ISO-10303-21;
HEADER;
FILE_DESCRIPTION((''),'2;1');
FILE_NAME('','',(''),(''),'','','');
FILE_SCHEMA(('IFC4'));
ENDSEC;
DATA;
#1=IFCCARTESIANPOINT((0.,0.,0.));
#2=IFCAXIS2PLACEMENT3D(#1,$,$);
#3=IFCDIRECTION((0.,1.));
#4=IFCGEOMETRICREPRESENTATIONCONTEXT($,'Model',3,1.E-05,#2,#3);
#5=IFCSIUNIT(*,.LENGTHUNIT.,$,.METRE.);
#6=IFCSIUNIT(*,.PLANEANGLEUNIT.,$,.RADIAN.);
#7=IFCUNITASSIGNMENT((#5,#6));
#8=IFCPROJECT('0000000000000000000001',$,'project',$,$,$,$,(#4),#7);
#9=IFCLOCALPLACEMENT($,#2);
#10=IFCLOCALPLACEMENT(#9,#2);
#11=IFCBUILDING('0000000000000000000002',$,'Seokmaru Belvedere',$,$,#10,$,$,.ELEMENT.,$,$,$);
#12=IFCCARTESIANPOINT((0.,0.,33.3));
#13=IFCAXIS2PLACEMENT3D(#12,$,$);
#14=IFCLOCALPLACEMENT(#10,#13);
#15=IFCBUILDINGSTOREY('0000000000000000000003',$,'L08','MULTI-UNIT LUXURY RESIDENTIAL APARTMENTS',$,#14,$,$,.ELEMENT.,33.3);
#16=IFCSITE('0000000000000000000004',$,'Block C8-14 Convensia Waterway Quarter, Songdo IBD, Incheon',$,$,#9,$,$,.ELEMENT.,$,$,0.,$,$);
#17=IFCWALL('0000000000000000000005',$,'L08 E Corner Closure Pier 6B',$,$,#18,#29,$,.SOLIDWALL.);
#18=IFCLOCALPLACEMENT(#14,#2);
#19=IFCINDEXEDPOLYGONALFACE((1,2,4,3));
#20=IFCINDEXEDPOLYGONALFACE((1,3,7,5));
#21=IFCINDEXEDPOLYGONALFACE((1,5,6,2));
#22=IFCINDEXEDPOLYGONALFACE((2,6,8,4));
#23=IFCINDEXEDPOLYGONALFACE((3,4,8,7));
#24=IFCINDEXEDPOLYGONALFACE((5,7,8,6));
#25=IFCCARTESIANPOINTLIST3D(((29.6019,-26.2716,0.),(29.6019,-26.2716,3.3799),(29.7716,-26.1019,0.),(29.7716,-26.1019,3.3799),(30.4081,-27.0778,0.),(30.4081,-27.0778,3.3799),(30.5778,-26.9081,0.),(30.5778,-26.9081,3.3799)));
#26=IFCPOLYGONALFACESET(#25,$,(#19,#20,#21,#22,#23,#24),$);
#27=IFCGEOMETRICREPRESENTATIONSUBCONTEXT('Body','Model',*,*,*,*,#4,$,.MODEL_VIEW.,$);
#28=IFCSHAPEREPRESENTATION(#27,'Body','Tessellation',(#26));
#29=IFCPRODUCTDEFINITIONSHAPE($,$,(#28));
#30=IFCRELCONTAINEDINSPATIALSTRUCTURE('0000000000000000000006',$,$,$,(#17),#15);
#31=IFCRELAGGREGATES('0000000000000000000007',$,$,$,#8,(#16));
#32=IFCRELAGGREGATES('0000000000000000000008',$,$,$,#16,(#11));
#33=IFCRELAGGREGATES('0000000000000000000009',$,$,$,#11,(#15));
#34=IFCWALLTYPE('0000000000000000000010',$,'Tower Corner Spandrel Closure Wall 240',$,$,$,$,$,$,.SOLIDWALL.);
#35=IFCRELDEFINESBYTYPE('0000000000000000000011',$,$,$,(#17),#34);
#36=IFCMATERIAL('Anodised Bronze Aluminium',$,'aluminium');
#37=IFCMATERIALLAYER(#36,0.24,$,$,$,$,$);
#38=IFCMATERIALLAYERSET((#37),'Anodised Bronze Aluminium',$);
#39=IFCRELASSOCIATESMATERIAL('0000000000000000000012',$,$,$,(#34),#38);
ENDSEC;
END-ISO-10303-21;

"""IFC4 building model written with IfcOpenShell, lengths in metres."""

from ifc_helpers import new_model, si_unit, direction, frame, frame_2d, origin, place, context, subcontext, project, spatial, rectangle, extrude, material, layer, layer_set, type_object, element, save


model = new_model("IFC4")

# Units and contexts
model_context = context("Model", 3, precision=1e-05, world=origin(), true_north=direction((0.0, 1.0)))
body_context = subcontext(model_context, "Body", "Model", "MODEL_VIEW")
ifc_project = project(units=[si_unit("LENGTHUNIT", "METRE"), si_unit("PLANEANGLEUNIT", "RADIAN")], contexts=[model_context])

# Site, building, storey
site_placement = place(None, origin())
site = spatial("IfcSite", under=ifc_project, at=site_placement, Name="Block C8-14 Convensia Waterway Quarter, Songdo IBD, Incheon", CompositionType="ELEMENT", RefElevation=0.0)
building_placement = place(site_placement, origin())
building = spatial("IfcBuilding", under=site, at=building_placement, Name="Seokmaru Belvedere", CompositionType="ELEMENT")
storey_placement = place(building_placement, frame((0.0, 0.0, 33.3)))
storey = spatial("IfcBuildingStorey", under=building, at=storey_placement, Name="L08", Description="MULTI-UNIT LUXURY RESIDENTIAL APARTMENTS", CompositionType="ELEMENT", Elevation=33.3)

# Shared definitions
ifc_material_1 = material(Name="Anodised Bronze Aluminium", Category="aluminium")

# Wall
ifc_layer_1 = layer(ifc_material_1, 0.24)
ifc_layer_set_1 = layer_set([ifc_layer_1], Name="Anodised Bronze Aluminium")
wall_type_1 = type_object("IfcWallType", Name="Tower Corner Spandrel Closure Wall 240", PredefinedType="SOLIDWALL", material=ifc_layer_set_1)
for number, where, z_axis, x_axis, name in (
    (1, (29.6868, -26.1868, 0.0), (0.0, 0.0, 1.0), (0.707107, -0.707107, 0.0), "L08 E Corner Closure Pier 6B"),
):
    element("IfcWall", number, at=place(storey_placement, frame(where, z_axis=z_axis, x_axis=x_axis)), inside=storey, type_object=wall_type_1, Name=name, PredefinedType="SOLIDWALL", context=body_context, shape_type="SweptSolid", body=[
        extrude(rectangle(XDim=1.1401, YDim=0.24, at=frame_2d((0.5701, 0.0))), origin(), (0.0, 0.0, 1.0), 3.3799),
    ])

save(model, "model.ifc")
